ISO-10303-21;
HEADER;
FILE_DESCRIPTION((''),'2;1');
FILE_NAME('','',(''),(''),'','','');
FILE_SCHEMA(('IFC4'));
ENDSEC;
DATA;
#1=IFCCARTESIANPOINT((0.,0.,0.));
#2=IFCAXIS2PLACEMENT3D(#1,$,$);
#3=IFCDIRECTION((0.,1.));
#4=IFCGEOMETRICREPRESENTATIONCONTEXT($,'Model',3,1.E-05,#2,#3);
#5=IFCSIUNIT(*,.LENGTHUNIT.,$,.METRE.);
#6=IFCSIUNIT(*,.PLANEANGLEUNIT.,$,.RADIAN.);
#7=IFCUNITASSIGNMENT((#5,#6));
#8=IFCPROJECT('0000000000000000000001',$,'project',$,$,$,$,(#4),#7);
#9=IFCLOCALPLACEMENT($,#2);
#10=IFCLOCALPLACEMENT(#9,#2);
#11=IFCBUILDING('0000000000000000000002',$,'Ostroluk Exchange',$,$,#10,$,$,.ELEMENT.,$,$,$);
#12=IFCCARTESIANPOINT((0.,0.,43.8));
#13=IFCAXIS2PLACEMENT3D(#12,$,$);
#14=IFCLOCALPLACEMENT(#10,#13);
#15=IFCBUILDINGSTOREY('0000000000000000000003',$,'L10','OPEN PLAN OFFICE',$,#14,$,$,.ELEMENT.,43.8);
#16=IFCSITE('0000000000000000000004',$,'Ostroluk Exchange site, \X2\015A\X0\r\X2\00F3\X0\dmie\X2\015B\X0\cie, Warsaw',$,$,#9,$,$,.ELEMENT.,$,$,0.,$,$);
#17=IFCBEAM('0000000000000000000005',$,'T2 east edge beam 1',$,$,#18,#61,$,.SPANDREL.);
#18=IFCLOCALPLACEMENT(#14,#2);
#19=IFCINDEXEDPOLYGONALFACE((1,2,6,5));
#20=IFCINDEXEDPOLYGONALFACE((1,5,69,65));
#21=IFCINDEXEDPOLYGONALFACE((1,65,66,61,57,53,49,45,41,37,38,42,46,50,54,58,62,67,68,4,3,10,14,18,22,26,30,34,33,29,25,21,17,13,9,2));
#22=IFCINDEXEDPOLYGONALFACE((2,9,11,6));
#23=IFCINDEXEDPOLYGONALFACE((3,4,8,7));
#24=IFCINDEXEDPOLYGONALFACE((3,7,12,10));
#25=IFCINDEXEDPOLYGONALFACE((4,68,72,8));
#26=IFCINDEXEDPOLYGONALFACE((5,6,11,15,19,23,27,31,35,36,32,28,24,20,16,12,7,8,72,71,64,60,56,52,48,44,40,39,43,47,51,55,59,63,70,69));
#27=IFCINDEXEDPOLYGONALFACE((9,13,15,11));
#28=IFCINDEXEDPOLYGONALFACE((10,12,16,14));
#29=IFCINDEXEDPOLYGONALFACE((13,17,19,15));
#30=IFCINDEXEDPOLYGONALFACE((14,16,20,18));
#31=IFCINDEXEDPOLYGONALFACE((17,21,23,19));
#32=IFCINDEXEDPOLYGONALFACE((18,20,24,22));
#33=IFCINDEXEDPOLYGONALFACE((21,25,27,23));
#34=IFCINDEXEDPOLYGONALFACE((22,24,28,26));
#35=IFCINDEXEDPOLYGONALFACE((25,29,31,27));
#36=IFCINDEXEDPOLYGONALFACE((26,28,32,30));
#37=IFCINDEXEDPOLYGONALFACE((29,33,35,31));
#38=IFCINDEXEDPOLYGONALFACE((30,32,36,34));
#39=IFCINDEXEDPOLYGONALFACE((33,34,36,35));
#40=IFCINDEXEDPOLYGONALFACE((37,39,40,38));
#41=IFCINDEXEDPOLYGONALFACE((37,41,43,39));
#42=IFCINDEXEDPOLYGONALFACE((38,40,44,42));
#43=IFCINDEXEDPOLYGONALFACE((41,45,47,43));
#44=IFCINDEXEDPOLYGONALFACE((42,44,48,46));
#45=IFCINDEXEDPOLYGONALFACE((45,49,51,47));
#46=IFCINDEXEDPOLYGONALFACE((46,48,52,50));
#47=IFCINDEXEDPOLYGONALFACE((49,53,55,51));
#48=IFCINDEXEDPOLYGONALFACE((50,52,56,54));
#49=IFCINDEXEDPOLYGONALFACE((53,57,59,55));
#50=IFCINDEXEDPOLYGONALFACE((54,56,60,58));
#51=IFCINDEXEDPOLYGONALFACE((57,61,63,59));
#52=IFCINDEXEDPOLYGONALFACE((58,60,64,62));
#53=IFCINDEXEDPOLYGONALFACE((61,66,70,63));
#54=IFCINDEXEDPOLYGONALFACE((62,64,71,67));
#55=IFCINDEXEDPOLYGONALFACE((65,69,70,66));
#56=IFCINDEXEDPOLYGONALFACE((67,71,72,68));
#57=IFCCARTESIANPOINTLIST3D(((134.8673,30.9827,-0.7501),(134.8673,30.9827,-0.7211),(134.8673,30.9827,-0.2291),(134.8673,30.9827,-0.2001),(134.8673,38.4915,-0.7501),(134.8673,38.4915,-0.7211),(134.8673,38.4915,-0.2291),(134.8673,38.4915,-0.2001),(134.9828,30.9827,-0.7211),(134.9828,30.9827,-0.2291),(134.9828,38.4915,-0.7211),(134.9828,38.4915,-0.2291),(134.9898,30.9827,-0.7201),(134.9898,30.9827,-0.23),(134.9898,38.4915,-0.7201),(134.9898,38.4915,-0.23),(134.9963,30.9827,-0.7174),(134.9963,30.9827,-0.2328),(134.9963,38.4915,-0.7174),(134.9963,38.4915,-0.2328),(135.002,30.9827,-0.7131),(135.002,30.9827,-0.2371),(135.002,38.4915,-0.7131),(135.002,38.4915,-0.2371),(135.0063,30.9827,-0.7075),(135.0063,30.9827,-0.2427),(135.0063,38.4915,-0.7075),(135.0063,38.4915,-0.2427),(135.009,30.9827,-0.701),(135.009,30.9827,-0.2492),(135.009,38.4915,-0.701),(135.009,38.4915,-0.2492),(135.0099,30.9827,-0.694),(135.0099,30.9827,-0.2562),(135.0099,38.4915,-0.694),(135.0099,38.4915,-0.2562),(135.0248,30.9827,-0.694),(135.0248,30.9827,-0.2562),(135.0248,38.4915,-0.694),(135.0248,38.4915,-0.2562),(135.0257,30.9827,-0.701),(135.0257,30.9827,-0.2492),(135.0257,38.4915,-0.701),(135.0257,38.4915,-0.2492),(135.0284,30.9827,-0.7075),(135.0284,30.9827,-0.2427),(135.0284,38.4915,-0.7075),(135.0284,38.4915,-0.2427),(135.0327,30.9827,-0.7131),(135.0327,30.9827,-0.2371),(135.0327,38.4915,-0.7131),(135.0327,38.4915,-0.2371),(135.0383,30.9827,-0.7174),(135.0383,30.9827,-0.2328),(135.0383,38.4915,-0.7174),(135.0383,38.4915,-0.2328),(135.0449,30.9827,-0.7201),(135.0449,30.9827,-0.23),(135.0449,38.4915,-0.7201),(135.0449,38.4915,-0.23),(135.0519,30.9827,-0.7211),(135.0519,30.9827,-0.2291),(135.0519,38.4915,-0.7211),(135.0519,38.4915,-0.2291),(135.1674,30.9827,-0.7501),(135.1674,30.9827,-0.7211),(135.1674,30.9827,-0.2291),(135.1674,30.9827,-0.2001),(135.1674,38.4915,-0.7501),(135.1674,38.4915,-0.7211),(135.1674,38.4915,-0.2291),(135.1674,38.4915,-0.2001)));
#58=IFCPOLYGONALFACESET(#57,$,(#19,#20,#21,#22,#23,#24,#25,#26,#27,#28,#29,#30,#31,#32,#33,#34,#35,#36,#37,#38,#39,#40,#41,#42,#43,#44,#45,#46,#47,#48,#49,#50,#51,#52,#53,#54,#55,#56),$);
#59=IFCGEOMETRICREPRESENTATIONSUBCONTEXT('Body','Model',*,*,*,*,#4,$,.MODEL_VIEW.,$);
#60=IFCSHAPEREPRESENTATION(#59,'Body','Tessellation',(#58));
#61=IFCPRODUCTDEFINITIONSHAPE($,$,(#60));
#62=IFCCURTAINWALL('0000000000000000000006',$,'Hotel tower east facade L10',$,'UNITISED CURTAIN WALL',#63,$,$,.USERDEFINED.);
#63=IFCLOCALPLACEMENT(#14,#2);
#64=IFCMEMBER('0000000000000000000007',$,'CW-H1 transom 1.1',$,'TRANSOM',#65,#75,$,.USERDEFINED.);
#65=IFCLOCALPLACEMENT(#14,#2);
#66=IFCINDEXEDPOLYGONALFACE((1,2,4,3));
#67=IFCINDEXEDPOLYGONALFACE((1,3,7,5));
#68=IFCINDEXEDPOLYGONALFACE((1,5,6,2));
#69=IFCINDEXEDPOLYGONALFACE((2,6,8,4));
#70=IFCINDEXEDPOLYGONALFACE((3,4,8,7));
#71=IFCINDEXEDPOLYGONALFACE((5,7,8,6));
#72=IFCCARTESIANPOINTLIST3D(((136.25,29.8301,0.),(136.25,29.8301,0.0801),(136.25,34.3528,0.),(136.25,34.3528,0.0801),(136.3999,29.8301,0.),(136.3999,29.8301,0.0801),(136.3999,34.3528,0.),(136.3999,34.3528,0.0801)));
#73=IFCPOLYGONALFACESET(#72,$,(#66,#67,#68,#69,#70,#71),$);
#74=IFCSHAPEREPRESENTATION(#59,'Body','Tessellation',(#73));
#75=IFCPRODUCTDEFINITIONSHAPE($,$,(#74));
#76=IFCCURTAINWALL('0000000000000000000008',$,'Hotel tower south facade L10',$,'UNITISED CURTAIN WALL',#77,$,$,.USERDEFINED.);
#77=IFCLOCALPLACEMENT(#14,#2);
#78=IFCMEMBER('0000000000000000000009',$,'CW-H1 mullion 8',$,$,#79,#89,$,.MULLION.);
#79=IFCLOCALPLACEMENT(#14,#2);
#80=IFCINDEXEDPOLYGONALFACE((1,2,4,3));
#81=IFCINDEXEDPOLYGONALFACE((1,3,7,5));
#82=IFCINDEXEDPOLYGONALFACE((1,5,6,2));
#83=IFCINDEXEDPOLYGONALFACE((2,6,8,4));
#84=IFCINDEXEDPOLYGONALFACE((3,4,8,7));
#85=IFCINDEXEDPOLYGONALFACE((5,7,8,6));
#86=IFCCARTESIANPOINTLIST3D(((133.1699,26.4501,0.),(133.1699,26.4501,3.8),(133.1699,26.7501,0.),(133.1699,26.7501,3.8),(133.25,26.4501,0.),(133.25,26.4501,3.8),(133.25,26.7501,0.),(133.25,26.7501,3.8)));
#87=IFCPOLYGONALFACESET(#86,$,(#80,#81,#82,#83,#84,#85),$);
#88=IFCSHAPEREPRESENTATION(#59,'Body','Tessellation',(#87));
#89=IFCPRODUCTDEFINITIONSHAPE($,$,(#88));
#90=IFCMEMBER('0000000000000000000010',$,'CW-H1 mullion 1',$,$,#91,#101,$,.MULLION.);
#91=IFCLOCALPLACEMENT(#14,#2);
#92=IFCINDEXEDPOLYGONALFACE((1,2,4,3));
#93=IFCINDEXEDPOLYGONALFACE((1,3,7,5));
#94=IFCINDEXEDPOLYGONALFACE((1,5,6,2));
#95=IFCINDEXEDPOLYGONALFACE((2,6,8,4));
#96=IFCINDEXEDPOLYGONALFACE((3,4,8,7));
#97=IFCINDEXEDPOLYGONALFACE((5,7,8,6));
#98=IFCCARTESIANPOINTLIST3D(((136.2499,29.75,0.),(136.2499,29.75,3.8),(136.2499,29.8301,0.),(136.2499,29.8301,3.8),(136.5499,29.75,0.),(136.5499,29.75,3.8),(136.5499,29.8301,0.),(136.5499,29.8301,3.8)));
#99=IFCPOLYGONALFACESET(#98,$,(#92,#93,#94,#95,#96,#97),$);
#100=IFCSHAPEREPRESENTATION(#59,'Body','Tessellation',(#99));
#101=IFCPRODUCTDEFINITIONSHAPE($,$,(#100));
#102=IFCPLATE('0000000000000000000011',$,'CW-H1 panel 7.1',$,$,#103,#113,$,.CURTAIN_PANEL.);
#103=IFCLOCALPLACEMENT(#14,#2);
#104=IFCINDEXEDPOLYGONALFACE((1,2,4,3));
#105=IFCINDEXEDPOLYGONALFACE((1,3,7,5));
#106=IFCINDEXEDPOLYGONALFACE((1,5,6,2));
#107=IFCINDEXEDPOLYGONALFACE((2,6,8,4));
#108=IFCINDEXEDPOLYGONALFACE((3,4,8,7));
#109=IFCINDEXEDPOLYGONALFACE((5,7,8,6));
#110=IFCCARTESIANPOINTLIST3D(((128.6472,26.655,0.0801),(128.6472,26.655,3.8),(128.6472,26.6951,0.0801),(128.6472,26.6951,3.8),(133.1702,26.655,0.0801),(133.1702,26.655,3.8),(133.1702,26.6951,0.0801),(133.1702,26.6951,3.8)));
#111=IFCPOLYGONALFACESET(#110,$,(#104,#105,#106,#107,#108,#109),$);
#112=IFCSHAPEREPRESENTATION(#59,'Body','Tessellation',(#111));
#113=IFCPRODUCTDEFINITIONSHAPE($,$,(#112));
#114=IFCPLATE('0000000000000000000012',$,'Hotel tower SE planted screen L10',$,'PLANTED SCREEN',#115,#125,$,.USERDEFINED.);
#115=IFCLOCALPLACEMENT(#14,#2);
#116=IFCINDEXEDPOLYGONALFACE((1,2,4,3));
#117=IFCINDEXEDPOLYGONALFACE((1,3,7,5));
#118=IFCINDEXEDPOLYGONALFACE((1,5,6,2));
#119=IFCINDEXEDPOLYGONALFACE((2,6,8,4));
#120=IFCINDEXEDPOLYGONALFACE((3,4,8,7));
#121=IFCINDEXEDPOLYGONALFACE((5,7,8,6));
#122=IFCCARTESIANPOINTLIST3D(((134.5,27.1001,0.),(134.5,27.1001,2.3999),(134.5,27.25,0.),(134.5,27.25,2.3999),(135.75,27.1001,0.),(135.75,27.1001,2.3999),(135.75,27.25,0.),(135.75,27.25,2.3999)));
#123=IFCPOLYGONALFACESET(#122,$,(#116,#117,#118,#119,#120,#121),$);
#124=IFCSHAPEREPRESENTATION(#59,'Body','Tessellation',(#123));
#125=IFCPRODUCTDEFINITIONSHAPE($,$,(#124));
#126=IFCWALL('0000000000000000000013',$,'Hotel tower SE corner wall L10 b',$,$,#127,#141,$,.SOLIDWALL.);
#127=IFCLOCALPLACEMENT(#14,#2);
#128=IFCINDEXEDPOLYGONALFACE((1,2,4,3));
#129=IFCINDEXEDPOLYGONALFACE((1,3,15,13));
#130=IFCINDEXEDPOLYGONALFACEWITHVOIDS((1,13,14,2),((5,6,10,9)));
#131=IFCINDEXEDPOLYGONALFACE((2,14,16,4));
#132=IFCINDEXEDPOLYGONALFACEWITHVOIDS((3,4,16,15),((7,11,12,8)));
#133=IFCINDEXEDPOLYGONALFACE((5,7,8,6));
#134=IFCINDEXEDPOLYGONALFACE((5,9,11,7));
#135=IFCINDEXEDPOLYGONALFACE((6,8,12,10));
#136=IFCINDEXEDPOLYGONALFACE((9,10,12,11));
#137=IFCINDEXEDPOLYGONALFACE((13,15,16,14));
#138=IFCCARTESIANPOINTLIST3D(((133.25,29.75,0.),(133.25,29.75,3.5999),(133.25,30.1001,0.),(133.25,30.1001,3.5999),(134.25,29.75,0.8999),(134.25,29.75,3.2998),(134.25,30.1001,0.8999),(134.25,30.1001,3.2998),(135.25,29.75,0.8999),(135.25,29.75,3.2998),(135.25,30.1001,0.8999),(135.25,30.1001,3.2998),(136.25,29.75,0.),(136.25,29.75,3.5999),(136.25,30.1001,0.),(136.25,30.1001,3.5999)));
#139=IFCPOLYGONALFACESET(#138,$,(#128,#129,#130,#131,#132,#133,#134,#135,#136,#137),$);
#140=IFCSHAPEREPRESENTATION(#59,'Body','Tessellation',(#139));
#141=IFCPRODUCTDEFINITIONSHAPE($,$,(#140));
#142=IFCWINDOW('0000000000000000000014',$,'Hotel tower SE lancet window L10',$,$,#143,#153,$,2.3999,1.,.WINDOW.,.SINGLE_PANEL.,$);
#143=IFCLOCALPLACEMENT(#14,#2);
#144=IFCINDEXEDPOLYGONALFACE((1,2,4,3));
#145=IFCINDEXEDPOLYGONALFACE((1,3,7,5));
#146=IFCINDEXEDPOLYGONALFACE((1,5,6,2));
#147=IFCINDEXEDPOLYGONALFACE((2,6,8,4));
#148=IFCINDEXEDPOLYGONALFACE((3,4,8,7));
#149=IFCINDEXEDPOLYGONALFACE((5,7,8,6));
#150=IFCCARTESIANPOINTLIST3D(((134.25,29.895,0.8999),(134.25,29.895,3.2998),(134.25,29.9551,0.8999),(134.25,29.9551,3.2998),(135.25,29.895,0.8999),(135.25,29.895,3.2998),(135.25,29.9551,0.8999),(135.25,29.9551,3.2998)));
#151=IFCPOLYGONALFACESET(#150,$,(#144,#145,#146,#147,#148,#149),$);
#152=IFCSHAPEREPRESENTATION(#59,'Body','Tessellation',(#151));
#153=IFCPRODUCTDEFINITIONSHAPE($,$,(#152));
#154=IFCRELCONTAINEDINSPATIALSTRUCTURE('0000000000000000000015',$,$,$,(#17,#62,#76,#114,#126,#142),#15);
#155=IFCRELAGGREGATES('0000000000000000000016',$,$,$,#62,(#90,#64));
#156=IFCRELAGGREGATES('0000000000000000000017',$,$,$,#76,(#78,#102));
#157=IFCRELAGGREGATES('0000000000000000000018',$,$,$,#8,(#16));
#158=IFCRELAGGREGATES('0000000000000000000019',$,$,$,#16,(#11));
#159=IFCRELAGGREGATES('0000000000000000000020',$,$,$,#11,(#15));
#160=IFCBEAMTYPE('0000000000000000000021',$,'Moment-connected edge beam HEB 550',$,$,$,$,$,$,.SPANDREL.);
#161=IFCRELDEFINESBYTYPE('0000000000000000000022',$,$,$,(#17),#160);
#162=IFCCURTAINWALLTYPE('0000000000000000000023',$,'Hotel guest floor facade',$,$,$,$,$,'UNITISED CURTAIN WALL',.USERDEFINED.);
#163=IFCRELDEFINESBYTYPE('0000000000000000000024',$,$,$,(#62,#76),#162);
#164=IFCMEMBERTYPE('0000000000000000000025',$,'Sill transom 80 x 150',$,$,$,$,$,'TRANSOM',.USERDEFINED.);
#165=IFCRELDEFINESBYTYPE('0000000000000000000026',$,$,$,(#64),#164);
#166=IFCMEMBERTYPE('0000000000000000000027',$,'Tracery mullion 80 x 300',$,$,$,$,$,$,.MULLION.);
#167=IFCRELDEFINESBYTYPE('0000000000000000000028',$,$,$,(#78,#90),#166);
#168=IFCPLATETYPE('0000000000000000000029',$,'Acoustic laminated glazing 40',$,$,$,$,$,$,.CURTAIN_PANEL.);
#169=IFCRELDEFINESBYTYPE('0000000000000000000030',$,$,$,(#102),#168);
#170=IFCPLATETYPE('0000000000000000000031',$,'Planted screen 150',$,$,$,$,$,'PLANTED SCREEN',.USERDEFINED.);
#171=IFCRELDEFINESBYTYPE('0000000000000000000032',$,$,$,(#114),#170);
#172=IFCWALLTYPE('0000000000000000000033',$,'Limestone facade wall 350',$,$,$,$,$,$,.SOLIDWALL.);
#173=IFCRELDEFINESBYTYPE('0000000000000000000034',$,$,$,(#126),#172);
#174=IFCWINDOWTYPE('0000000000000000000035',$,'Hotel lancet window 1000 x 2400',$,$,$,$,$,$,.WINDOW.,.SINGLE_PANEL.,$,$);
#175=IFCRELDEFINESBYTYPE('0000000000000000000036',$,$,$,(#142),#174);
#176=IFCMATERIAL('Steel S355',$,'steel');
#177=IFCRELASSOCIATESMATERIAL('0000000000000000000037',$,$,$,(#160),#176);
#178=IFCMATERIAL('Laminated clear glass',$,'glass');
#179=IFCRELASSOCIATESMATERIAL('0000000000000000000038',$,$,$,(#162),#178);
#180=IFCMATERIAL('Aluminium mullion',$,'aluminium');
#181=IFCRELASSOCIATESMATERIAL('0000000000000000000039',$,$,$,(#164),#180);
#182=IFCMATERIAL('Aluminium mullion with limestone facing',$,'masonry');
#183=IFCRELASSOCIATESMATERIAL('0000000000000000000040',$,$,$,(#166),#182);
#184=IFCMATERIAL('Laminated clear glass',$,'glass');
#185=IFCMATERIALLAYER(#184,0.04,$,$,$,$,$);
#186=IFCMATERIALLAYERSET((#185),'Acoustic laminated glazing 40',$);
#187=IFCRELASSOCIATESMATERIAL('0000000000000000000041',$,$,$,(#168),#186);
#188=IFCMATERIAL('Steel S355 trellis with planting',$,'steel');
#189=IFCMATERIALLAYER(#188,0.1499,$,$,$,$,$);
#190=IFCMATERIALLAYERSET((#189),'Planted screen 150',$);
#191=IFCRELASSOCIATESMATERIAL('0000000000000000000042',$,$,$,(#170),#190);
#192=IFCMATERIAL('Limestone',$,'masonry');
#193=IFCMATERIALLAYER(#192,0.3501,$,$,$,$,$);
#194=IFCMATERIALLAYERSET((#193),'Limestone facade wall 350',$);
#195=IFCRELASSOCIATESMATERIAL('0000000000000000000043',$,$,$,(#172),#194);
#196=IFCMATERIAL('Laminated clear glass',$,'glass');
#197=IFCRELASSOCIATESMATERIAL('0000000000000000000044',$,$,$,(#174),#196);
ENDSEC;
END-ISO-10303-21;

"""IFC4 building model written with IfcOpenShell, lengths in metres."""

from ifc_helpers import new_model, si_unit, direction, frame, frame_2d, origin, origin_2d, place, context, subcontext, project, spatial, rectangle, i_section, extrude, material, layer, layer_set, material_profile, profile_set, type_object, element, fill, aggregate, save


model = new_model("IFC4")

# Units and contexts
model_context = context("Model", 3, precision=1e-05, world=origin(), true_north=direction((0.0, 1.0)))
body_context = subcontext(model_context, "Body", "Model", "MODEL_VIEW")
ifc_project = project(units=[si_unit("LENGTHUNIT", "METRE"), si_unit("PLANEANGLEUNIT", "RADIAN")], contexts=[model_context])

# Site, building, storey
site_placement = place(None, origin())
site = spatial("IfcSite", under=ifc_project, at=site_placement, Name="Ostroluk Exchange site, Śródmieście, Warsaw", CompositionType="ELEMENT", RefElevation=0.0)
building_placement = place(site_placement, origin())
building = spatial("IfcBuilding", under=site, at=building_placement, Name="Ostroluk Exchange", CompositionType="ELEMENT")
storey_placement = place(building_placement, frame((0.0, 0.0, 43.8)))
storey = spatial("IfcBuildingStorey", under=building, at=storey_placement, Name="L10", Description="OPEN PLAN OFFICE", CompositionType="ELEMENT", Elevation=43.8)

# Beam
ifc_material_1 = material(Name="Steel S355", Category="steel")
ifc_material_profile_1 = material_profile(ifc_material_1, i_section(OverallWidth=0.3, OverallDepth=0.55, WebThickness=0.0149, FlangeThickness=0.0291, FilletRadius=0.0271, at=origin_2d()), Name="HEB 550")
ifc_profile_set_1 = profile_set([ifc_material_profile_1], Name="Steel S355")
beam_type_1 = type_object("IfcBeamType", Name="Moment-connected edge beam HEB 550", PredefinedType="SPANDREL", material=ifc_profile_set_1)
beam_placement = place(storey_placement, frame((135.0173, 30.9827, -0.4751), z_axis=(0.0, 1.0, 0.0), x_axis=(-1.0, 0.0, 0.0)))
element("IfcBeam", 1, at=beam_placement, inside=storey, type_object=beam_type_1, Name="T2 east edge beam 1", PredefinedType="SPANDREL", context=body_context, shape_type="SweptSolid", body=[
    extrude(i_section(OverallWidth=0.3, OverallDepth=0.55, WebThickness=0.0149, FlangeThickness=0.0291, FilletRadius=0.0271, at=origin_2d()), origin(), (0.0, 0.0, 1.0), 7.5088),
])

# Curtain walls, members
ifc_material_2 = material(Name="Laminated clear glass", Category="glass")
curtain_wall_type = type_object("IfcCurtainWallType", Name="Hotel guest floor facade", ElementType="UNITISED CURTAIN WALL", PredefinedType="USERDEFINED", material=ifc_material_2)
curtain_wall_1_placement = place(storey_placement, origin())
curtain_wall_1 = element("IfcCurtainWall", 2, at=curtain_wall_1_placement, inside=storey, type_object=curtain_wall_type, Name="Hotel tower east facade L10", ObjectType="UNITISED CURTAIN WALL", PredefinedType="USERDEFINED")
ifc_material_3 = material(Name="Aluminium mullion", Category="aluminium")
ifc_material_profile_2 = material_profile(ifc_material_3, rectangle(XDim=0.1499, YDim=0.0801, at=origin_2d()), Name="Sill transom 80 x 150")
ifc_profile_set_2 = profile_set([ifc_material_profile_2], Name="Aluminium mullion")
member_type_1 = type_object("IfcMemberType", Name="Sill transom 80 x 150", ElementType="TRANSOM", PredefinedType="USERDEFINED", material=ifc_profile_set_2)
member_1_placement = place(storey_placement, frame((136.325, 29.8301, 0.04), z_axis=(0.0, 1.0, 0.0), x_axis=(-1.0, 0.0, 0.0)))
member_1 = element("IfcMember", 3, at=member_1_placement, type_object=member_type_1, Name="CW-H1 transom 1.1", ObjectType="TRANSOM", PredefinedType="USERDEFINED", context=body_context, shape_type="SweptSolid", body=[
    extrude(rectangle(XDim=0.1499, YDim=0.0801, at=origin_2d()), origin(), (0.0, 0.0, 1.0), 4.5227),
])
curtain_wall_2_placement = place(storey_placement, origin())
curtain_wall_2 = element("IfcCurtainWall", 4, at=curtain_wall_2_placement, inside=storey, type_object=curtain_wall_type, Name="Hotel tower south facade L10", ObjectType="UNITISED CURTAIN WALL", PredefinedType="USERDEFINED")
ifc_material_4 = material(Name="Aluminium mullion with limestone facing", Category="masonry")
ifc_material_profile_3 = material_profile(ifc_material_4, rectangle(XDim=0.3, YDim=0.0801, at=origin_2d()), Name="Tracery mullion 80 x 300")
ifc_profile_set_3 = profile_set([ifc_material_profile_3], Name="Aluminium mullion with limestone facing")
member_type_2 = type_object("IfcMemberType", Name="Tracery mullion 80 x 300", PredefinedType="MULLION", material=ifc_profile_set_3)
member_2_placement = place(storey_placement, frame((133.21, 26.6001, 0.0), z_axis=(0.0, 0.0, 1.0), x_axis=(0.0, 1.0, 0.0)))
member_2 = element("IfcMember", 5, at=member_2_placement, type_object=member_type_2, Name="CW-H1 mullion 8", PredefinedType="MULLION", context=body_context, shape_type="SweptSolid", body=[
    extrude(rectangle(XDim=0.3, YDim=0.0801, at=origin_2d()), origin(), (0.0, 0.0, 1.0), 3.8),
])

# Member
member_3_placement = place(storey_placement, frame((136.3999, 29.79, 0.0), z_axis=(0.0, 0.0, 1.0), x_axis=(-1.0, 0.0, 0.0)))
member_3 = element("IfcMember", 6, at=member_3_placement, type_object=member_type_2, Name="CW-H1 mullion 1", PredefinedType="MULLION", context=body_context, shape_type="SweptSolid", body=[
    extrude(rectangle(XDim=0.3, YDim=0.0801, at=origin_2d()), origin(), (0.0, 0.0, 1.0), 3.8),
])
aggregate(curtain_wall_1, [member_3, member_1])

# Plates
ifc_material_5 = material(Name="Laminated clear glass", Category="glass")
ifc_layer_1 = layer(ifc_material_5, 0.04)
ifc_layer_set_1 = layer_set([ifc_layer_1], Name="Acoustic laminated glazing 40")
plate_type_1 = type_object("IfcPlateType", Name="Acoustic laminated glazing 40", PredefinedType="CURTAIN_PANEL", material=ifc_layer_set_1)
plate_1_placement = place(storey_placement, frame((130.9087, 26.675, 0.0801), z_axis=(0.0, 0.0, 1.0), x_axis=(1.0, 0.0, 0.0)))
plate_1 = element("IfcPlate", 7, at=plate_1_placement, type_object=plate_type_1, Name="CW-H1 panel 7.1", PredefinedType="CURTAIN_PANEL", context=body_context, shape_type="SweptSolid", body=[
    extrude(rectangle(XDim=4.5229, YDim=0.04, at=origin_2d()), origin(), (0.0, 0.0, 1.0), 3.72),
])
aggregate(curtain_wall_2, [member_2, plate_1])
ifc_material_6 = material(Name="Steel S355 trellis with planting", Category="steel")
ifc_layer_2 = layer(ifc_material_6, 0.1499)
ifc_layer_set_2 = layer_set([ifc_layer_2], Name="Planted screen 150")
plate_type_2 = type_object("IfcPlateType", Name="Planted screen 150", ElementType="PLANTED SCREEN", PredefinedType="USERDEFINED", material=ifc_layer_set_2)
plate_2_placement = place(storey_placement, frame((135.125, 27.175, 0.0), z_axis=(0.0, 0.0, 1.0), x_axis=(1.0, 0.0, 0.0)))
element("IfcPlate", 8, at=plate_2_placement, inside=storey, type_object=plate_type_2, Name="Hotel tower SE planted screen L10", ObjectType="PLANTED SCREEN", PredefinedType="USERDEFINED", context=body_context, shape_type="SweptSolid", body=[
    extrude(rectangle(XDim=1.25, YDim=0.1499, at=origin_2d()), origin(), (0.0, 0.0, 1.0), 2.3999),
])

# Shared definitions
ifc_material_7 = material(Name="Limestone", Category="masonry")
ifc_layer_3 = layer(ifc_material_7, 0.3501)
ifc_layer_set_3 = layer_set([ifc_layer_3], Name="Limestone facade wall 350")
wall_type = type_object("IfcWallType", Name="Limestone facade wall 350", PredefinedType="SOLIDWALL", material=ifc_layer_set_3)

# Wall, opening, window
wall_1_placement = place(storey_placement, frame((133.25, 29.925, 0.0), z_axis=(0.0, 0.0, 1.0), x_axis=(1.0, 0.0, 0.0)))
wall_1 = element("IfcWall", 9, at=wall_1_placement, inside=storey, type_object=wall_type, Name="Hotel tower SE corner wall L10 b", PredefinedType="SOLIDWALL", context=body_context, shape_type="SweptSolid", body=[
    extrude(rectangle(XDim=3.0, YDim=0.3501, at=frame_2d((1.5, 0.0))), origin(), (0.0, 0.0, 1.0), 3.5999),
])
opening_1_placement = place(wall_1_placement, frame((1.0, 0.0, 0.8999)))
opening_1 = element("IfcOpeningElement", 10, at=opening_1_placement, cuts=wall_1, PredefinedType="OPENING", context=body_context, shape_type="SweptSolid", body=[
    extrude(rectangle(XDim=1.0, YDim=2.3999, at=frame_2d((0.5, 1.2))), frame((0.0, 0.1851, 0.0), z_axis=(0.0, -1.0, 0.0), x_axis=(1.0, 0.0, 0.0)), (0.0, 0.0, 1.0), 0.3701),
])
ifc_material_8 = material(Name="Laminated clear glass", Category="glass")
window_type = type_object("IfcWindowType", Name="Hotel lancet window 1000 x 2400", PartitioningType="SINGLE_PANEL", PredefinedType="WINDOW", material=ifc_material_8)
window_placement = place(opening_1_placement, origin())
window = element("IfcWindow", 11, at=window_placement, inside=storey, type_object=window_type, Name="Hotel tower SE lancet window L10", OverallHeight=2.3999, OverallWidth=1.0, PartitioningType="SINGLE_PANEL", PredefinedType="WINDOW", context=body_context, shape_type="SweptSolid", body=[
    extrude(rectangle(XDim=1.0, YDim=2.3999, at=frame_2d((0.5, 1.2))), frame((0.0, 0.03, 0.0), z_axis=(0.0, -1.0, 0.0), x_axis=(1.0, 0.0, 0.0)), (0.0, 0.0, 1.0), 0.0601),
])
fill(opening_1, window)

save(model, "model.ifc")
